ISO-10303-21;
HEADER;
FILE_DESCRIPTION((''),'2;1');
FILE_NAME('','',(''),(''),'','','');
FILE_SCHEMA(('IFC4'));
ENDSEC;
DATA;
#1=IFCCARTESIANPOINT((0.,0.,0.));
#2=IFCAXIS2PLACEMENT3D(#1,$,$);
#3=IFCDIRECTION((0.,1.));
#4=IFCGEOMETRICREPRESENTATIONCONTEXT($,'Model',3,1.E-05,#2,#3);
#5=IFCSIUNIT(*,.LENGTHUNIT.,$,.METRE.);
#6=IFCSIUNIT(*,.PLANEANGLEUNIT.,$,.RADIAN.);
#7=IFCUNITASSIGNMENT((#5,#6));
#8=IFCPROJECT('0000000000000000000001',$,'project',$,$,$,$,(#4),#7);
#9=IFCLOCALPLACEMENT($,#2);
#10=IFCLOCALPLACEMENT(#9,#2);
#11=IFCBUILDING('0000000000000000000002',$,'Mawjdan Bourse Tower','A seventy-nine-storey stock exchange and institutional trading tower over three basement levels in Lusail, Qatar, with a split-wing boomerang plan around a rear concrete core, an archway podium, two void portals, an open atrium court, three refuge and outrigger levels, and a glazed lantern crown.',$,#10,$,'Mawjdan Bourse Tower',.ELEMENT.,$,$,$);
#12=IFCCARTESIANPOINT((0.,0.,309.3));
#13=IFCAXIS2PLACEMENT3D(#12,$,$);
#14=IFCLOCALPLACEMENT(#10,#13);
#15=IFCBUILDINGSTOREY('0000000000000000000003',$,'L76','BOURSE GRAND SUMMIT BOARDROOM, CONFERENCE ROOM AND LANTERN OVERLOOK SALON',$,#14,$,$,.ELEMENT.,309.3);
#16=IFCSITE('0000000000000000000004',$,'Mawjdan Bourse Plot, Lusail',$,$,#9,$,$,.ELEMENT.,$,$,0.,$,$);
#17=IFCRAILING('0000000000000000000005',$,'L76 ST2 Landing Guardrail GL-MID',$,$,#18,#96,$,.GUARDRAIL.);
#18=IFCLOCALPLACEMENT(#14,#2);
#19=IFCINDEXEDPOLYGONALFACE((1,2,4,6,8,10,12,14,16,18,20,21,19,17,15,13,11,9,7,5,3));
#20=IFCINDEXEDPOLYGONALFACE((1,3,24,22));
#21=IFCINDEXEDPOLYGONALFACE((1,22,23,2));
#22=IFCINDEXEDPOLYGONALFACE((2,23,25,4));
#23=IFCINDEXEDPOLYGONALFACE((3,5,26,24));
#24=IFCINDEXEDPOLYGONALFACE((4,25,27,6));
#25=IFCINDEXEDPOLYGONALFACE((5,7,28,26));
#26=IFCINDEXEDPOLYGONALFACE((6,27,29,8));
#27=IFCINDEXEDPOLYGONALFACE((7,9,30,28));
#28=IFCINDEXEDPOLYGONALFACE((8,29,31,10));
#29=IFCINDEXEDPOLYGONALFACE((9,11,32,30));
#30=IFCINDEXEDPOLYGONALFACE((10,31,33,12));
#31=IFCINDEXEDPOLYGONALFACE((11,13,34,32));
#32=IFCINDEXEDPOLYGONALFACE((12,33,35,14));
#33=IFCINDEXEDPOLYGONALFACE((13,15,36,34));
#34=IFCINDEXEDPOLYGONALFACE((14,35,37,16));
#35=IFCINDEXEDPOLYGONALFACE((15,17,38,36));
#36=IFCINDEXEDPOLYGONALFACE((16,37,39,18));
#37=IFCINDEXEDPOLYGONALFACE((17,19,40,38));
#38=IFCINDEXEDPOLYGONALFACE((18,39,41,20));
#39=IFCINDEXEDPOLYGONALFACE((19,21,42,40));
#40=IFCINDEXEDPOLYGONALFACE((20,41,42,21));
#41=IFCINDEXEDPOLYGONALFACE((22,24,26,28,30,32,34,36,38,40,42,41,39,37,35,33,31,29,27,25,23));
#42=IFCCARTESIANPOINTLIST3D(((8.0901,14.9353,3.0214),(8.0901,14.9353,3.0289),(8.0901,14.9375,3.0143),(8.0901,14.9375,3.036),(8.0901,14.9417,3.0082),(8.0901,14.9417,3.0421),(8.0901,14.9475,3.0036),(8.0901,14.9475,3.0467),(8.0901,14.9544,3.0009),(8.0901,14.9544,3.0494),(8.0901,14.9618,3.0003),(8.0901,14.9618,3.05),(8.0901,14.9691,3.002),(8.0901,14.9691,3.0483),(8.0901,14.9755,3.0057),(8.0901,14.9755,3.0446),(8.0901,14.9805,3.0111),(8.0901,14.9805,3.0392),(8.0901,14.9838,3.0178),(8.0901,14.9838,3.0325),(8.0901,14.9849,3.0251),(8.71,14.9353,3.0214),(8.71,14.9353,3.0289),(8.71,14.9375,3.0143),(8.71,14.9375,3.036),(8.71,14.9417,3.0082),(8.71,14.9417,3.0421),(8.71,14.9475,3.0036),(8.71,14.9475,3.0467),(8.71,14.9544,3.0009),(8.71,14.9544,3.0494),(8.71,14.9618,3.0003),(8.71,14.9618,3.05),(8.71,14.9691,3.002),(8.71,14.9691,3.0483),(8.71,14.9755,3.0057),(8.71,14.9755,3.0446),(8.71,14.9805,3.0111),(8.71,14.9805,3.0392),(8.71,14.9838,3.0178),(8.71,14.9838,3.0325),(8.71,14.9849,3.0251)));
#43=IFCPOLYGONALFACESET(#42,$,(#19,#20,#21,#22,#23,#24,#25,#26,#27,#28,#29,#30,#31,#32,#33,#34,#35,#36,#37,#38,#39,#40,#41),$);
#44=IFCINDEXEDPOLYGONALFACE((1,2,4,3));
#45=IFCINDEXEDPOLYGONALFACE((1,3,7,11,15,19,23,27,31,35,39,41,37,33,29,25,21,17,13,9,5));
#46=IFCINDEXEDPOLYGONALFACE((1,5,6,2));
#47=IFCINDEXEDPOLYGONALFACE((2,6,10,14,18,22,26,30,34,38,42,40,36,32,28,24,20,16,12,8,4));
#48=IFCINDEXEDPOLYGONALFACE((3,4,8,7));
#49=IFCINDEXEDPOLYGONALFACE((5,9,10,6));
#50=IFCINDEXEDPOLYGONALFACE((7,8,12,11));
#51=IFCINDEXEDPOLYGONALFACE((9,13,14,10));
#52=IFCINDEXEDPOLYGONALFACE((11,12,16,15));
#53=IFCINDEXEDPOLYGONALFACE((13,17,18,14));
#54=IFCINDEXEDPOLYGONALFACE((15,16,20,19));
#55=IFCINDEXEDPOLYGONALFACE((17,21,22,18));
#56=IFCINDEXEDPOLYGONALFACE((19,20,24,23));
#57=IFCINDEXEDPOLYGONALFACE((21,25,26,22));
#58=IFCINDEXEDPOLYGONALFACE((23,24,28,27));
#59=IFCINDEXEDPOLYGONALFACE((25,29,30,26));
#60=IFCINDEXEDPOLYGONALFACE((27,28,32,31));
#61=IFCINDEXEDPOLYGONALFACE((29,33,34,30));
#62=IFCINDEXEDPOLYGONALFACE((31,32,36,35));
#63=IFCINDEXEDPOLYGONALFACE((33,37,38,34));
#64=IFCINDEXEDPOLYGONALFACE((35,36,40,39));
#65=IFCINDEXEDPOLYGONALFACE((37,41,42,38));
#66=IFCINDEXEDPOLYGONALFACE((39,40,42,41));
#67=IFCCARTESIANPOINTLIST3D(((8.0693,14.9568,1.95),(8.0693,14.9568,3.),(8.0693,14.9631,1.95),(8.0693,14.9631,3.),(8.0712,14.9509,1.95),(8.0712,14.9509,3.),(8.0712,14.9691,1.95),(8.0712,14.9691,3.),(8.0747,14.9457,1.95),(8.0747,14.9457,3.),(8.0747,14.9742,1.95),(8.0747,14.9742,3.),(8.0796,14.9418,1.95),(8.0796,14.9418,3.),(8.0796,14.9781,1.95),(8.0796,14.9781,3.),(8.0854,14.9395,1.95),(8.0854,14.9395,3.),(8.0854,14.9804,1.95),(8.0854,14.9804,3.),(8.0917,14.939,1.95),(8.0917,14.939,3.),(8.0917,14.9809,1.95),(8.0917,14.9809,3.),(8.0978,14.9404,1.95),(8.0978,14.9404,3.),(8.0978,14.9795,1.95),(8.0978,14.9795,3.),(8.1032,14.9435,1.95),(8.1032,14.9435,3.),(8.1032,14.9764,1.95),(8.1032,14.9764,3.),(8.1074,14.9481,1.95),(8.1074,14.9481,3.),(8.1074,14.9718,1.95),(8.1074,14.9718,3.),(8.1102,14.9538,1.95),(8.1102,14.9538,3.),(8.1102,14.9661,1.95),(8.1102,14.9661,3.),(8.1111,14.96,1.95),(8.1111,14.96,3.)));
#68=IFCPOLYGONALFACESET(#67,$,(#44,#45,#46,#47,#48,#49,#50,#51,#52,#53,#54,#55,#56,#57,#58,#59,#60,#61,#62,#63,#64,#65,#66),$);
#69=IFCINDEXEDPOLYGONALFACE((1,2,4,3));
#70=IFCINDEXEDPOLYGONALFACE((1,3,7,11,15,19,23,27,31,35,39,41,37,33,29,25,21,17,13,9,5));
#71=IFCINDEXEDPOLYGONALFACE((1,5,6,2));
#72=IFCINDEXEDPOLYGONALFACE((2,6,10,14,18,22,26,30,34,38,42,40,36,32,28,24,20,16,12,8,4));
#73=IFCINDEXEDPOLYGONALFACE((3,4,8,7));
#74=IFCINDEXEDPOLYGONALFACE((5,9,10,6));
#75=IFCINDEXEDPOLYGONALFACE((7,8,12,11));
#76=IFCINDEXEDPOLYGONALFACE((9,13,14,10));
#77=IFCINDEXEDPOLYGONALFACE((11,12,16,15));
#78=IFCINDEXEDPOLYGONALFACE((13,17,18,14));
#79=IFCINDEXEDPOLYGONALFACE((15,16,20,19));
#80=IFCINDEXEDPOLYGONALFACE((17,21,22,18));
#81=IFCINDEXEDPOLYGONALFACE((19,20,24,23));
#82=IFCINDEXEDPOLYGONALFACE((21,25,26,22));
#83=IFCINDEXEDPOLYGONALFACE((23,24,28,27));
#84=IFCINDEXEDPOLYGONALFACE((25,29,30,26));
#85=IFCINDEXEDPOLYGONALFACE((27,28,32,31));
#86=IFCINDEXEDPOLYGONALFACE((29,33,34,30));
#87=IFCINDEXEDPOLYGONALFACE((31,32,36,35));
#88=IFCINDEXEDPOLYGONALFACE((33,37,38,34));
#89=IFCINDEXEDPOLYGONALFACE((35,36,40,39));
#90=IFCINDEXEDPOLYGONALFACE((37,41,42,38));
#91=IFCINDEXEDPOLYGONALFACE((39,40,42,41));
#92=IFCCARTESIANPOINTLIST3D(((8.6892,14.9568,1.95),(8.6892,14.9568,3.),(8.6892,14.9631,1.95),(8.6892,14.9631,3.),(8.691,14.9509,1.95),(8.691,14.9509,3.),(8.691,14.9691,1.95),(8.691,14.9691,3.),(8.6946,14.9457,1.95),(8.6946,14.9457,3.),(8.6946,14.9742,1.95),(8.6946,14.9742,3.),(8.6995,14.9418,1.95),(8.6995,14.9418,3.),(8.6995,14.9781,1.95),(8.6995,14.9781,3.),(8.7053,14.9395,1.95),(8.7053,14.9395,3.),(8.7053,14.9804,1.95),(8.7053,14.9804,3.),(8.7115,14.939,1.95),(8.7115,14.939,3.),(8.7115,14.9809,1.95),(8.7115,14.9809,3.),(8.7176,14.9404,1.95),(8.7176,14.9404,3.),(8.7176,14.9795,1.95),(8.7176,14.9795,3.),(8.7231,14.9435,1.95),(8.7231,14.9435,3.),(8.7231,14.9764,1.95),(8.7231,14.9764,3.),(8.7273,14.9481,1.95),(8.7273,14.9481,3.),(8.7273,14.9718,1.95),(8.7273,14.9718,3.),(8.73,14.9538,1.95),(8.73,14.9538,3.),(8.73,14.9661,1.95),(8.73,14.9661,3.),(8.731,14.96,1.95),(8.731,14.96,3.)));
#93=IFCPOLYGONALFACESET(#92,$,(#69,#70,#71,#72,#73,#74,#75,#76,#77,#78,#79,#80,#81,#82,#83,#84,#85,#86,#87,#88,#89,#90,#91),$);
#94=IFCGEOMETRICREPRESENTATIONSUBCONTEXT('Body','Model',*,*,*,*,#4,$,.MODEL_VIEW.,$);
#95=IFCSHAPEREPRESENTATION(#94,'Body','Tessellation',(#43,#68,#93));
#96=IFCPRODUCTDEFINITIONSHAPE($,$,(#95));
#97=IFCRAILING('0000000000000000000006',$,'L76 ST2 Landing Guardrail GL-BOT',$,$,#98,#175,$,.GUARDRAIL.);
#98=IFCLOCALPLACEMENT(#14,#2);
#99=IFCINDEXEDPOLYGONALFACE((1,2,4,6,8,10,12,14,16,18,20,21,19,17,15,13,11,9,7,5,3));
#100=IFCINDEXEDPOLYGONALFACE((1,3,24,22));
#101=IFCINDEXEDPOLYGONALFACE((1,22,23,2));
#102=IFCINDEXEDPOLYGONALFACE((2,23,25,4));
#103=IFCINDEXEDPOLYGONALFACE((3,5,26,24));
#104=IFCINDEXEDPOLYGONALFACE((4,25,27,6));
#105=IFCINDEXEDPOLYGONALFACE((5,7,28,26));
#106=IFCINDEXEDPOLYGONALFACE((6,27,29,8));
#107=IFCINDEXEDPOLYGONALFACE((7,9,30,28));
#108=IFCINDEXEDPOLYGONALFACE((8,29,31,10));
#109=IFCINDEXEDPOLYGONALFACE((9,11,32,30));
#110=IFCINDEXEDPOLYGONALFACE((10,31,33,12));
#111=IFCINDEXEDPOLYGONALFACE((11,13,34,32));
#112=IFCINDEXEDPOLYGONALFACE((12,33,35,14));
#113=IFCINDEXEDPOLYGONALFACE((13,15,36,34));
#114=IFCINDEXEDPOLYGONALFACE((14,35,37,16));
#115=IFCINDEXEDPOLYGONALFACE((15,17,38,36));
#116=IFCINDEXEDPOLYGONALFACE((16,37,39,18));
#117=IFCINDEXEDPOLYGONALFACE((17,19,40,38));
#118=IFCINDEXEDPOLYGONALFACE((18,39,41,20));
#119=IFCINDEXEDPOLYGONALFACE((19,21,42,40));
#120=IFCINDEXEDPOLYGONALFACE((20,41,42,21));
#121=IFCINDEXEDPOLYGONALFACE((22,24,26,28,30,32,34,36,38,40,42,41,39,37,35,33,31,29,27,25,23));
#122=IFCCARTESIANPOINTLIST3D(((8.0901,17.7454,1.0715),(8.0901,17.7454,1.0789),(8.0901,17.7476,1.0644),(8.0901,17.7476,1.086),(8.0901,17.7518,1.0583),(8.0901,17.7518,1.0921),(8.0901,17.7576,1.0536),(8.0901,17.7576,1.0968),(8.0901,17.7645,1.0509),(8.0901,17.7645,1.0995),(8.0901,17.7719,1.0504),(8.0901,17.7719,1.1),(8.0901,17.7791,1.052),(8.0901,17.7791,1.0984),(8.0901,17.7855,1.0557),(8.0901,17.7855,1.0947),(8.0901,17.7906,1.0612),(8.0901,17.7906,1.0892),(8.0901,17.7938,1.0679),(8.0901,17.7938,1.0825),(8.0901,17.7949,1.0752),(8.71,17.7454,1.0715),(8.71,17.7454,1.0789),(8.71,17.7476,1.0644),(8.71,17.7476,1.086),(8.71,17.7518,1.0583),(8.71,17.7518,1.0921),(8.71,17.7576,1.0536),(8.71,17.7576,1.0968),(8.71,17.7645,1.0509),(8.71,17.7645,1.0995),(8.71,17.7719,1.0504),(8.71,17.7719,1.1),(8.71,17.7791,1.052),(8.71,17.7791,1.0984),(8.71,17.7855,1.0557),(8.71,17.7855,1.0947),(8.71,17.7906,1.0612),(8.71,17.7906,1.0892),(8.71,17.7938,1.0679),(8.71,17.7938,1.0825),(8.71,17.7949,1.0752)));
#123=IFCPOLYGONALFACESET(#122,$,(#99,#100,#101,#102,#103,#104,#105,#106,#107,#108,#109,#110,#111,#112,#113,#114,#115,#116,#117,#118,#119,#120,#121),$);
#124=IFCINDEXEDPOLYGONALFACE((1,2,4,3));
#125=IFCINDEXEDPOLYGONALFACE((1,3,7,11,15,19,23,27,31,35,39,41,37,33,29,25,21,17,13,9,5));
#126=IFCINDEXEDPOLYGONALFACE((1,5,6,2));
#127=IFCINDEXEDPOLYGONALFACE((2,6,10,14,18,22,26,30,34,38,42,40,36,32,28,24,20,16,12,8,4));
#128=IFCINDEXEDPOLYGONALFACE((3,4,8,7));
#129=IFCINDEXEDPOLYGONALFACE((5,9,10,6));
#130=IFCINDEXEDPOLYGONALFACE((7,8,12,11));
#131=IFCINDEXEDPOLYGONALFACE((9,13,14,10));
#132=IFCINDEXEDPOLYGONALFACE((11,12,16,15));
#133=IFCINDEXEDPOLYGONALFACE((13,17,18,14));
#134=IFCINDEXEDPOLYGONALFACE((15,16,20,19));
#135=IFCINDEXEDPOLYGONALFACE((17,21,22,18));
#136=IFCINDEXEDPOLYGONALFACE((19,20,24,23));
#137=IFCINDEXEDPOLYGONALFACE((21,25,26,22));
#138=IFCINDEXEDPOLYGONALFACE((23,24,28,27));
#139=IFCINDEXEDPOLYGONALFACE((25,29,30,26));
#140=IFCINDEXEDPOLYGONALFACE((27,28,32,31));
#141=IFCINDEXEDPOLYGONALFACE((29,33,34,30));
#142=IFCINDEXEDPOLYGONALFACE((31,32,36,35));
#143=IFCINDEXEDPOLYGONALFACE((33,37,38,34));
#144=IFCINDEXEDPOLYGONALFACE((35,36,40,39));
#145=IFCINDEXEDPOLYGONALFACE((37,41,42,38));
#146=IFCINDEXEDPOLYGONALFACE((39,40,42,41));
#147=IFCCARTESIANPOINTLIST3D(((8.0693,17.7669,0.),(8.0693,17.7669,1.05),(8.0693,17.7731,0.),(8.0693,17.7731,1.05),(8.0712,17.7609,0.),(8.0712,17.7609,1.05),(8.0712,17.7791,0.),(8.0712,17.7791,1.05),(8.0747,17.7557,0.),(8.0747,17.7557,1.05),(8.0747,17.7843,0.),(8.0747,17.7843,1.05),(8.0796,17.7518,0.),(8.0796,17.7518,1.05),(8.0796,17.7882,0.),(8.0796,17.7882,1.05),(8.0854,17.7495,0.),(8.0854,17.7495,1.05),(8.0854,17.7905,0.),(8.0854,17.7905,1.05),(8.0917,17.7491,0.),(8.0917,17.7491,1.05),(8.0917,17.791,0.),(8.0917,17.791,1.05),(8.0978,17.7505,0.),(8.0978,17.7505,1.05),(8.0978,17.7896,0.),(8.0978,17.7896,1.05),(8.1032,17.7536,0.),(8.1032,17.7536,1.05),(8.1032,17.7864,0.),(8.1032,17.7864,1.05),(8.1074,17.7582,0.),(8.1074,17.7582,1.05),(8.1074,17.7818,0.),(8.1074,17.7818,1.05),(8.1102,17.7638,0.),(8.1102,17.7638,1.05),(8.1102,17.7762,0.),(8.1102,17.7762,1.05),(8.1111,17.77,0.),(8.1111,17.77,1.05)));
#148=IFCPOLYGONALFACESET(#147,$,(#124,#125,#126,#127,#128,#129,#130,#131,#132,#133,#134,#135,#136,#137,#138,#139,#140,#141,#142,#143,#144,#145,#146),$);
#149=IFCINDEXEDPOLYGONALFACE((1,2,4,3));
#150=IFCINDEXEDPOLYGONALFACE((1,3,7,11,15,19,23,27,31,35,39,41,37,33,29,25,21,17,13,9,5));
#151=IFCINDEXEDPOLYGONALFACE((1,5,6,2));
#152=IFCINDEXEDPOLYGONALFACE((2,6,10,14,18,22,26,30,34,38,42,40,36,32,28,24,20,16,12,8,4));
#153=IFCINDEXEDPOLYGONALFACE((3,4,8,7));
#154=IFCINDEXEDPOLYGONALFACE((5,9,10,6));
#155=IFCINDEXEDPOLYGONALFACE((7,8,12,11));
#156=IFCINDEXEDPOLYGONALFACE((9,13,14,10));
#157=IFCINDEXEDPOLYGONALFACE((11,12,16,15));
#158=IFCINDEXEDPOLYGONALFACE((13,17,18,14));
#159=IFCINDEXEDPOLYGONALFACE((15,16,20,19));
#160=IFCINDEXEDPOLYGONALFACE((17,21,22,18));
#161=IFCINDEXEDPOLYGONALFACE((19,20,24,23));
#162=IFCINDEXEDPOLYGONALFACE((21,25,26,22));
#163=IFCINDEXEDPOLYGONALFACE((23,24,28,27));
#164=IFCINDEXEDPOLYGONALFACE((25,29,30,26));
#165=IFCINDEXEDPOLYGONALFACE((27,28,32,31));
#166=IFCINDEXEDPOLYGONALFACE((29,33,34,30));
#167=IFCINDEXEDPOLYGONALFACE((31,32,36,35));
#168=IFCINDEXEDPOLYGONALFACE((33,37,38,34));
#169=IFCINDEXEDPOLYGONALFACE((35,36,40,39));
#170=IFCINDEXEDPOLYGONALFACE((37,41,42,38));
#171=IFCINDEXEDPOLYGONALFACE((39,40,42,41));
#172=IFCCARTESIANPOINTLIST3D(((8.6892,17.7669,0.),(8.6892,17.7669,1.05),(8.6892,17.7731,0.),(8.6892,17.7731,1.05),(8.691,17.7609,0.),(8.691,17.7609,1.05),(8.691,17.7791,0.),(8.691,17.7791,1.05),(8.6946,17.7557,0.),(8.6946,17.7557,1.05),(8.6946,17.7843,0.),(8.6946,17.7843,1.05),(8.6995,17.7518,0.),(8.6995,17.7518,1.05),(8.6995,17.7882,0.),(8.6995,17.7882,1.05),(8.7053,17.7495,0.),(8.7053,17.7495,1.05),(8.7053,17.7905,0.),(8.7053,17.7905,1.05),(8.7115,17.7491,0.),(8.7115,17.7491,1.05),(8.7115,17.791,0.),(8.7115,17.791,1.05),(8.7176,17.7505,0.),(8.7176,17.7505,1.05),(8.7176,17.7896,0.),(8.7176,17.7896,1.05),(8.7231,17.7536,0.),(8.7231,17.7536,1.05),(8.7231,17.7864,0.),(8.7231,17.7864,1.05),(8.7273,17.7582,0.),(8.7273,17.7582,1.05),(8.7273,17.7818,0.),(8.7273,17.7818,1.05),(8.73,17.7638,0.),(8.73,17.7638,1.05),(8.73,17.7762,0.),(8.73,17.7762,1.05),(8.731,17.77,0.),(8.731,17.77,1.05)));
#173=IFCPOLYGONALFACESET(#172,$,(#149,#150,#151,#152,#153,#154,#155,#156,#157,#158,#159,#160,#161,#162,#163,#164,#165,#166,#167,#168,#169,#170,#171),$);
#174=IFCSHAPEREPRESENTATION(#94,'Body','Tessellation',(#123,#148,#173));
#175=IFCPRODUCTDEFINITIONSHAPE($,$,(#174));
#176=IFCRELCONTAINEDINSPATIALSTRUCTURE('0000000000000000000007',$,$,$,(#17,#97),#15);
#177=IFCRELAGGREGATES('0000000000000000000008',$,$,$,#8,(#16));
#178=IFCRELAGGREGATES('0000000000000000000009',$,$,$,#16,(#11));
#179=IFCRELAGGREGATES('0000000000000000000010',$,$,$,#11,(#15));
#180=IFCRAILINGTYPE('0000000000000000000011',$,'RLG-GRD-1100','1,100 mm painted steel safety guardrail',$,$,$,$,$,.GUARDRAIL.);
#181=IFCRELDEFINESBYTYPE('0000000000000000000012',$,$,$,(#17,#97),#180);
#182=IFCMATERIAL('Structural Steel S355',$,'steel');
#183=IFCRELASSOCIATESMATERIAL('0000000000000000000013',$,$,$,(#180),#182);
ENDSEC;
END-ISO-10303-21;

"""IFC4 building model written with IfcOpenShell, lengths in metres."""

from ifc_helpers import new_model, si_unit, direction, frame, origin, origin_2d, place, context, subcontext, project, spatial, circle, extrude, material, type_object, element, save


model = new_model("IFC4")

# Units and contexts
model_context = context("Model", 3, precision=1e-05, world=origin(), true_north=direction((0.0, 1.0)))
body_context = subcontext(model_context, "Body", "Model", "MODEL_VIEW")
ifc_project = project(units=[si_unit("LENGTHUNIT", "METRE"), si_unit("PLANEANGLEUNIT", "RADIAN")], contexts=[model_context])

# Site, building, storey
site_placement = place(None, origin())
site = spatial("IfcSite", under=ifc_project, at=site_placement, Name="Mawjdan Bourse Plot, Lusail", CompositionType="ELEMENT", RefElevation=0.0)
building_placement = place(site_placement, origin())
building = spatial("IfcBuilding", under=site, at=building_placement, Name="Mawjdan Bourse Tower", Description="A seventy-nine-storey stock exchange and institutional trading tower over three basement levels in Lusail, Qatar, with a split-wing boomerang plan around a rear concrete core, an archway podium, two void portals, an open atrium court, three refuge and outrigger levels, and a glazed lantern crown.", LongName="Mawjdan Bourse Tower", CompositionType="ELEMENT")
storey_placement = place(building_placement, frame((0.0, 0.0, 309.3)))
storey = spatial("IfcBuildingStorey", under=building, at=storey_placement, Name="L76", Description="BOURSE GRAND SUMMIT BOARDROOM, CONFERENCE ROOM AND LANTERN OVERLOOK SALON", CompositionType="ELEMENT", Elevation=309.3)

# Railings
ifc_material_1 = material(Name="Structural Steel S355", Category="steel")
railing_type_1 = type_object("IfcRailingType", Name="RLG-GRD-1100", Description="1,100 mm painted steel safety guardrail", PredefinedType="GUARDRAIL", material=ifc_material_1)
for number, where, name in (
    (1, (8.0901, 14.96, 1.95), "L76 ST2 Landing Guardrail GL-MID"),
    (2, (8.0901, 17.77, 0.0), "L76 ST2 Landing Guardrail GL-BOT"),
):
    element("IfcRailing", number, at=place(storey_placement, frame(where)), inside=storey, type_object=railing_type_1, Name=name, PredefinedType="GUARDRAIL", context=body_context, shape_type="SweptSolid", body=[
        extrude(circle(Radius=0.0249, at=origin_2d()), frame((0.0, 0.0, 1.0752), z_axis=(1.0, 0.0, 0.0), x_axis=(0.0, 1.0, 0.0)), (0.0, 0.0, 1.0), 0.6199),
        extrude(circle(Radius=0.021, at=origin_2d()), origin(), (0.0, 0.0, 1.0), 1.05),
        extrude(circle(Radius=0.021, at=origin_2d()), frame((0.6199, 0.0, 0.0)), (0.0, 0.0, 1.0), 1.05),
    ])

save(model, "model.ifc")
